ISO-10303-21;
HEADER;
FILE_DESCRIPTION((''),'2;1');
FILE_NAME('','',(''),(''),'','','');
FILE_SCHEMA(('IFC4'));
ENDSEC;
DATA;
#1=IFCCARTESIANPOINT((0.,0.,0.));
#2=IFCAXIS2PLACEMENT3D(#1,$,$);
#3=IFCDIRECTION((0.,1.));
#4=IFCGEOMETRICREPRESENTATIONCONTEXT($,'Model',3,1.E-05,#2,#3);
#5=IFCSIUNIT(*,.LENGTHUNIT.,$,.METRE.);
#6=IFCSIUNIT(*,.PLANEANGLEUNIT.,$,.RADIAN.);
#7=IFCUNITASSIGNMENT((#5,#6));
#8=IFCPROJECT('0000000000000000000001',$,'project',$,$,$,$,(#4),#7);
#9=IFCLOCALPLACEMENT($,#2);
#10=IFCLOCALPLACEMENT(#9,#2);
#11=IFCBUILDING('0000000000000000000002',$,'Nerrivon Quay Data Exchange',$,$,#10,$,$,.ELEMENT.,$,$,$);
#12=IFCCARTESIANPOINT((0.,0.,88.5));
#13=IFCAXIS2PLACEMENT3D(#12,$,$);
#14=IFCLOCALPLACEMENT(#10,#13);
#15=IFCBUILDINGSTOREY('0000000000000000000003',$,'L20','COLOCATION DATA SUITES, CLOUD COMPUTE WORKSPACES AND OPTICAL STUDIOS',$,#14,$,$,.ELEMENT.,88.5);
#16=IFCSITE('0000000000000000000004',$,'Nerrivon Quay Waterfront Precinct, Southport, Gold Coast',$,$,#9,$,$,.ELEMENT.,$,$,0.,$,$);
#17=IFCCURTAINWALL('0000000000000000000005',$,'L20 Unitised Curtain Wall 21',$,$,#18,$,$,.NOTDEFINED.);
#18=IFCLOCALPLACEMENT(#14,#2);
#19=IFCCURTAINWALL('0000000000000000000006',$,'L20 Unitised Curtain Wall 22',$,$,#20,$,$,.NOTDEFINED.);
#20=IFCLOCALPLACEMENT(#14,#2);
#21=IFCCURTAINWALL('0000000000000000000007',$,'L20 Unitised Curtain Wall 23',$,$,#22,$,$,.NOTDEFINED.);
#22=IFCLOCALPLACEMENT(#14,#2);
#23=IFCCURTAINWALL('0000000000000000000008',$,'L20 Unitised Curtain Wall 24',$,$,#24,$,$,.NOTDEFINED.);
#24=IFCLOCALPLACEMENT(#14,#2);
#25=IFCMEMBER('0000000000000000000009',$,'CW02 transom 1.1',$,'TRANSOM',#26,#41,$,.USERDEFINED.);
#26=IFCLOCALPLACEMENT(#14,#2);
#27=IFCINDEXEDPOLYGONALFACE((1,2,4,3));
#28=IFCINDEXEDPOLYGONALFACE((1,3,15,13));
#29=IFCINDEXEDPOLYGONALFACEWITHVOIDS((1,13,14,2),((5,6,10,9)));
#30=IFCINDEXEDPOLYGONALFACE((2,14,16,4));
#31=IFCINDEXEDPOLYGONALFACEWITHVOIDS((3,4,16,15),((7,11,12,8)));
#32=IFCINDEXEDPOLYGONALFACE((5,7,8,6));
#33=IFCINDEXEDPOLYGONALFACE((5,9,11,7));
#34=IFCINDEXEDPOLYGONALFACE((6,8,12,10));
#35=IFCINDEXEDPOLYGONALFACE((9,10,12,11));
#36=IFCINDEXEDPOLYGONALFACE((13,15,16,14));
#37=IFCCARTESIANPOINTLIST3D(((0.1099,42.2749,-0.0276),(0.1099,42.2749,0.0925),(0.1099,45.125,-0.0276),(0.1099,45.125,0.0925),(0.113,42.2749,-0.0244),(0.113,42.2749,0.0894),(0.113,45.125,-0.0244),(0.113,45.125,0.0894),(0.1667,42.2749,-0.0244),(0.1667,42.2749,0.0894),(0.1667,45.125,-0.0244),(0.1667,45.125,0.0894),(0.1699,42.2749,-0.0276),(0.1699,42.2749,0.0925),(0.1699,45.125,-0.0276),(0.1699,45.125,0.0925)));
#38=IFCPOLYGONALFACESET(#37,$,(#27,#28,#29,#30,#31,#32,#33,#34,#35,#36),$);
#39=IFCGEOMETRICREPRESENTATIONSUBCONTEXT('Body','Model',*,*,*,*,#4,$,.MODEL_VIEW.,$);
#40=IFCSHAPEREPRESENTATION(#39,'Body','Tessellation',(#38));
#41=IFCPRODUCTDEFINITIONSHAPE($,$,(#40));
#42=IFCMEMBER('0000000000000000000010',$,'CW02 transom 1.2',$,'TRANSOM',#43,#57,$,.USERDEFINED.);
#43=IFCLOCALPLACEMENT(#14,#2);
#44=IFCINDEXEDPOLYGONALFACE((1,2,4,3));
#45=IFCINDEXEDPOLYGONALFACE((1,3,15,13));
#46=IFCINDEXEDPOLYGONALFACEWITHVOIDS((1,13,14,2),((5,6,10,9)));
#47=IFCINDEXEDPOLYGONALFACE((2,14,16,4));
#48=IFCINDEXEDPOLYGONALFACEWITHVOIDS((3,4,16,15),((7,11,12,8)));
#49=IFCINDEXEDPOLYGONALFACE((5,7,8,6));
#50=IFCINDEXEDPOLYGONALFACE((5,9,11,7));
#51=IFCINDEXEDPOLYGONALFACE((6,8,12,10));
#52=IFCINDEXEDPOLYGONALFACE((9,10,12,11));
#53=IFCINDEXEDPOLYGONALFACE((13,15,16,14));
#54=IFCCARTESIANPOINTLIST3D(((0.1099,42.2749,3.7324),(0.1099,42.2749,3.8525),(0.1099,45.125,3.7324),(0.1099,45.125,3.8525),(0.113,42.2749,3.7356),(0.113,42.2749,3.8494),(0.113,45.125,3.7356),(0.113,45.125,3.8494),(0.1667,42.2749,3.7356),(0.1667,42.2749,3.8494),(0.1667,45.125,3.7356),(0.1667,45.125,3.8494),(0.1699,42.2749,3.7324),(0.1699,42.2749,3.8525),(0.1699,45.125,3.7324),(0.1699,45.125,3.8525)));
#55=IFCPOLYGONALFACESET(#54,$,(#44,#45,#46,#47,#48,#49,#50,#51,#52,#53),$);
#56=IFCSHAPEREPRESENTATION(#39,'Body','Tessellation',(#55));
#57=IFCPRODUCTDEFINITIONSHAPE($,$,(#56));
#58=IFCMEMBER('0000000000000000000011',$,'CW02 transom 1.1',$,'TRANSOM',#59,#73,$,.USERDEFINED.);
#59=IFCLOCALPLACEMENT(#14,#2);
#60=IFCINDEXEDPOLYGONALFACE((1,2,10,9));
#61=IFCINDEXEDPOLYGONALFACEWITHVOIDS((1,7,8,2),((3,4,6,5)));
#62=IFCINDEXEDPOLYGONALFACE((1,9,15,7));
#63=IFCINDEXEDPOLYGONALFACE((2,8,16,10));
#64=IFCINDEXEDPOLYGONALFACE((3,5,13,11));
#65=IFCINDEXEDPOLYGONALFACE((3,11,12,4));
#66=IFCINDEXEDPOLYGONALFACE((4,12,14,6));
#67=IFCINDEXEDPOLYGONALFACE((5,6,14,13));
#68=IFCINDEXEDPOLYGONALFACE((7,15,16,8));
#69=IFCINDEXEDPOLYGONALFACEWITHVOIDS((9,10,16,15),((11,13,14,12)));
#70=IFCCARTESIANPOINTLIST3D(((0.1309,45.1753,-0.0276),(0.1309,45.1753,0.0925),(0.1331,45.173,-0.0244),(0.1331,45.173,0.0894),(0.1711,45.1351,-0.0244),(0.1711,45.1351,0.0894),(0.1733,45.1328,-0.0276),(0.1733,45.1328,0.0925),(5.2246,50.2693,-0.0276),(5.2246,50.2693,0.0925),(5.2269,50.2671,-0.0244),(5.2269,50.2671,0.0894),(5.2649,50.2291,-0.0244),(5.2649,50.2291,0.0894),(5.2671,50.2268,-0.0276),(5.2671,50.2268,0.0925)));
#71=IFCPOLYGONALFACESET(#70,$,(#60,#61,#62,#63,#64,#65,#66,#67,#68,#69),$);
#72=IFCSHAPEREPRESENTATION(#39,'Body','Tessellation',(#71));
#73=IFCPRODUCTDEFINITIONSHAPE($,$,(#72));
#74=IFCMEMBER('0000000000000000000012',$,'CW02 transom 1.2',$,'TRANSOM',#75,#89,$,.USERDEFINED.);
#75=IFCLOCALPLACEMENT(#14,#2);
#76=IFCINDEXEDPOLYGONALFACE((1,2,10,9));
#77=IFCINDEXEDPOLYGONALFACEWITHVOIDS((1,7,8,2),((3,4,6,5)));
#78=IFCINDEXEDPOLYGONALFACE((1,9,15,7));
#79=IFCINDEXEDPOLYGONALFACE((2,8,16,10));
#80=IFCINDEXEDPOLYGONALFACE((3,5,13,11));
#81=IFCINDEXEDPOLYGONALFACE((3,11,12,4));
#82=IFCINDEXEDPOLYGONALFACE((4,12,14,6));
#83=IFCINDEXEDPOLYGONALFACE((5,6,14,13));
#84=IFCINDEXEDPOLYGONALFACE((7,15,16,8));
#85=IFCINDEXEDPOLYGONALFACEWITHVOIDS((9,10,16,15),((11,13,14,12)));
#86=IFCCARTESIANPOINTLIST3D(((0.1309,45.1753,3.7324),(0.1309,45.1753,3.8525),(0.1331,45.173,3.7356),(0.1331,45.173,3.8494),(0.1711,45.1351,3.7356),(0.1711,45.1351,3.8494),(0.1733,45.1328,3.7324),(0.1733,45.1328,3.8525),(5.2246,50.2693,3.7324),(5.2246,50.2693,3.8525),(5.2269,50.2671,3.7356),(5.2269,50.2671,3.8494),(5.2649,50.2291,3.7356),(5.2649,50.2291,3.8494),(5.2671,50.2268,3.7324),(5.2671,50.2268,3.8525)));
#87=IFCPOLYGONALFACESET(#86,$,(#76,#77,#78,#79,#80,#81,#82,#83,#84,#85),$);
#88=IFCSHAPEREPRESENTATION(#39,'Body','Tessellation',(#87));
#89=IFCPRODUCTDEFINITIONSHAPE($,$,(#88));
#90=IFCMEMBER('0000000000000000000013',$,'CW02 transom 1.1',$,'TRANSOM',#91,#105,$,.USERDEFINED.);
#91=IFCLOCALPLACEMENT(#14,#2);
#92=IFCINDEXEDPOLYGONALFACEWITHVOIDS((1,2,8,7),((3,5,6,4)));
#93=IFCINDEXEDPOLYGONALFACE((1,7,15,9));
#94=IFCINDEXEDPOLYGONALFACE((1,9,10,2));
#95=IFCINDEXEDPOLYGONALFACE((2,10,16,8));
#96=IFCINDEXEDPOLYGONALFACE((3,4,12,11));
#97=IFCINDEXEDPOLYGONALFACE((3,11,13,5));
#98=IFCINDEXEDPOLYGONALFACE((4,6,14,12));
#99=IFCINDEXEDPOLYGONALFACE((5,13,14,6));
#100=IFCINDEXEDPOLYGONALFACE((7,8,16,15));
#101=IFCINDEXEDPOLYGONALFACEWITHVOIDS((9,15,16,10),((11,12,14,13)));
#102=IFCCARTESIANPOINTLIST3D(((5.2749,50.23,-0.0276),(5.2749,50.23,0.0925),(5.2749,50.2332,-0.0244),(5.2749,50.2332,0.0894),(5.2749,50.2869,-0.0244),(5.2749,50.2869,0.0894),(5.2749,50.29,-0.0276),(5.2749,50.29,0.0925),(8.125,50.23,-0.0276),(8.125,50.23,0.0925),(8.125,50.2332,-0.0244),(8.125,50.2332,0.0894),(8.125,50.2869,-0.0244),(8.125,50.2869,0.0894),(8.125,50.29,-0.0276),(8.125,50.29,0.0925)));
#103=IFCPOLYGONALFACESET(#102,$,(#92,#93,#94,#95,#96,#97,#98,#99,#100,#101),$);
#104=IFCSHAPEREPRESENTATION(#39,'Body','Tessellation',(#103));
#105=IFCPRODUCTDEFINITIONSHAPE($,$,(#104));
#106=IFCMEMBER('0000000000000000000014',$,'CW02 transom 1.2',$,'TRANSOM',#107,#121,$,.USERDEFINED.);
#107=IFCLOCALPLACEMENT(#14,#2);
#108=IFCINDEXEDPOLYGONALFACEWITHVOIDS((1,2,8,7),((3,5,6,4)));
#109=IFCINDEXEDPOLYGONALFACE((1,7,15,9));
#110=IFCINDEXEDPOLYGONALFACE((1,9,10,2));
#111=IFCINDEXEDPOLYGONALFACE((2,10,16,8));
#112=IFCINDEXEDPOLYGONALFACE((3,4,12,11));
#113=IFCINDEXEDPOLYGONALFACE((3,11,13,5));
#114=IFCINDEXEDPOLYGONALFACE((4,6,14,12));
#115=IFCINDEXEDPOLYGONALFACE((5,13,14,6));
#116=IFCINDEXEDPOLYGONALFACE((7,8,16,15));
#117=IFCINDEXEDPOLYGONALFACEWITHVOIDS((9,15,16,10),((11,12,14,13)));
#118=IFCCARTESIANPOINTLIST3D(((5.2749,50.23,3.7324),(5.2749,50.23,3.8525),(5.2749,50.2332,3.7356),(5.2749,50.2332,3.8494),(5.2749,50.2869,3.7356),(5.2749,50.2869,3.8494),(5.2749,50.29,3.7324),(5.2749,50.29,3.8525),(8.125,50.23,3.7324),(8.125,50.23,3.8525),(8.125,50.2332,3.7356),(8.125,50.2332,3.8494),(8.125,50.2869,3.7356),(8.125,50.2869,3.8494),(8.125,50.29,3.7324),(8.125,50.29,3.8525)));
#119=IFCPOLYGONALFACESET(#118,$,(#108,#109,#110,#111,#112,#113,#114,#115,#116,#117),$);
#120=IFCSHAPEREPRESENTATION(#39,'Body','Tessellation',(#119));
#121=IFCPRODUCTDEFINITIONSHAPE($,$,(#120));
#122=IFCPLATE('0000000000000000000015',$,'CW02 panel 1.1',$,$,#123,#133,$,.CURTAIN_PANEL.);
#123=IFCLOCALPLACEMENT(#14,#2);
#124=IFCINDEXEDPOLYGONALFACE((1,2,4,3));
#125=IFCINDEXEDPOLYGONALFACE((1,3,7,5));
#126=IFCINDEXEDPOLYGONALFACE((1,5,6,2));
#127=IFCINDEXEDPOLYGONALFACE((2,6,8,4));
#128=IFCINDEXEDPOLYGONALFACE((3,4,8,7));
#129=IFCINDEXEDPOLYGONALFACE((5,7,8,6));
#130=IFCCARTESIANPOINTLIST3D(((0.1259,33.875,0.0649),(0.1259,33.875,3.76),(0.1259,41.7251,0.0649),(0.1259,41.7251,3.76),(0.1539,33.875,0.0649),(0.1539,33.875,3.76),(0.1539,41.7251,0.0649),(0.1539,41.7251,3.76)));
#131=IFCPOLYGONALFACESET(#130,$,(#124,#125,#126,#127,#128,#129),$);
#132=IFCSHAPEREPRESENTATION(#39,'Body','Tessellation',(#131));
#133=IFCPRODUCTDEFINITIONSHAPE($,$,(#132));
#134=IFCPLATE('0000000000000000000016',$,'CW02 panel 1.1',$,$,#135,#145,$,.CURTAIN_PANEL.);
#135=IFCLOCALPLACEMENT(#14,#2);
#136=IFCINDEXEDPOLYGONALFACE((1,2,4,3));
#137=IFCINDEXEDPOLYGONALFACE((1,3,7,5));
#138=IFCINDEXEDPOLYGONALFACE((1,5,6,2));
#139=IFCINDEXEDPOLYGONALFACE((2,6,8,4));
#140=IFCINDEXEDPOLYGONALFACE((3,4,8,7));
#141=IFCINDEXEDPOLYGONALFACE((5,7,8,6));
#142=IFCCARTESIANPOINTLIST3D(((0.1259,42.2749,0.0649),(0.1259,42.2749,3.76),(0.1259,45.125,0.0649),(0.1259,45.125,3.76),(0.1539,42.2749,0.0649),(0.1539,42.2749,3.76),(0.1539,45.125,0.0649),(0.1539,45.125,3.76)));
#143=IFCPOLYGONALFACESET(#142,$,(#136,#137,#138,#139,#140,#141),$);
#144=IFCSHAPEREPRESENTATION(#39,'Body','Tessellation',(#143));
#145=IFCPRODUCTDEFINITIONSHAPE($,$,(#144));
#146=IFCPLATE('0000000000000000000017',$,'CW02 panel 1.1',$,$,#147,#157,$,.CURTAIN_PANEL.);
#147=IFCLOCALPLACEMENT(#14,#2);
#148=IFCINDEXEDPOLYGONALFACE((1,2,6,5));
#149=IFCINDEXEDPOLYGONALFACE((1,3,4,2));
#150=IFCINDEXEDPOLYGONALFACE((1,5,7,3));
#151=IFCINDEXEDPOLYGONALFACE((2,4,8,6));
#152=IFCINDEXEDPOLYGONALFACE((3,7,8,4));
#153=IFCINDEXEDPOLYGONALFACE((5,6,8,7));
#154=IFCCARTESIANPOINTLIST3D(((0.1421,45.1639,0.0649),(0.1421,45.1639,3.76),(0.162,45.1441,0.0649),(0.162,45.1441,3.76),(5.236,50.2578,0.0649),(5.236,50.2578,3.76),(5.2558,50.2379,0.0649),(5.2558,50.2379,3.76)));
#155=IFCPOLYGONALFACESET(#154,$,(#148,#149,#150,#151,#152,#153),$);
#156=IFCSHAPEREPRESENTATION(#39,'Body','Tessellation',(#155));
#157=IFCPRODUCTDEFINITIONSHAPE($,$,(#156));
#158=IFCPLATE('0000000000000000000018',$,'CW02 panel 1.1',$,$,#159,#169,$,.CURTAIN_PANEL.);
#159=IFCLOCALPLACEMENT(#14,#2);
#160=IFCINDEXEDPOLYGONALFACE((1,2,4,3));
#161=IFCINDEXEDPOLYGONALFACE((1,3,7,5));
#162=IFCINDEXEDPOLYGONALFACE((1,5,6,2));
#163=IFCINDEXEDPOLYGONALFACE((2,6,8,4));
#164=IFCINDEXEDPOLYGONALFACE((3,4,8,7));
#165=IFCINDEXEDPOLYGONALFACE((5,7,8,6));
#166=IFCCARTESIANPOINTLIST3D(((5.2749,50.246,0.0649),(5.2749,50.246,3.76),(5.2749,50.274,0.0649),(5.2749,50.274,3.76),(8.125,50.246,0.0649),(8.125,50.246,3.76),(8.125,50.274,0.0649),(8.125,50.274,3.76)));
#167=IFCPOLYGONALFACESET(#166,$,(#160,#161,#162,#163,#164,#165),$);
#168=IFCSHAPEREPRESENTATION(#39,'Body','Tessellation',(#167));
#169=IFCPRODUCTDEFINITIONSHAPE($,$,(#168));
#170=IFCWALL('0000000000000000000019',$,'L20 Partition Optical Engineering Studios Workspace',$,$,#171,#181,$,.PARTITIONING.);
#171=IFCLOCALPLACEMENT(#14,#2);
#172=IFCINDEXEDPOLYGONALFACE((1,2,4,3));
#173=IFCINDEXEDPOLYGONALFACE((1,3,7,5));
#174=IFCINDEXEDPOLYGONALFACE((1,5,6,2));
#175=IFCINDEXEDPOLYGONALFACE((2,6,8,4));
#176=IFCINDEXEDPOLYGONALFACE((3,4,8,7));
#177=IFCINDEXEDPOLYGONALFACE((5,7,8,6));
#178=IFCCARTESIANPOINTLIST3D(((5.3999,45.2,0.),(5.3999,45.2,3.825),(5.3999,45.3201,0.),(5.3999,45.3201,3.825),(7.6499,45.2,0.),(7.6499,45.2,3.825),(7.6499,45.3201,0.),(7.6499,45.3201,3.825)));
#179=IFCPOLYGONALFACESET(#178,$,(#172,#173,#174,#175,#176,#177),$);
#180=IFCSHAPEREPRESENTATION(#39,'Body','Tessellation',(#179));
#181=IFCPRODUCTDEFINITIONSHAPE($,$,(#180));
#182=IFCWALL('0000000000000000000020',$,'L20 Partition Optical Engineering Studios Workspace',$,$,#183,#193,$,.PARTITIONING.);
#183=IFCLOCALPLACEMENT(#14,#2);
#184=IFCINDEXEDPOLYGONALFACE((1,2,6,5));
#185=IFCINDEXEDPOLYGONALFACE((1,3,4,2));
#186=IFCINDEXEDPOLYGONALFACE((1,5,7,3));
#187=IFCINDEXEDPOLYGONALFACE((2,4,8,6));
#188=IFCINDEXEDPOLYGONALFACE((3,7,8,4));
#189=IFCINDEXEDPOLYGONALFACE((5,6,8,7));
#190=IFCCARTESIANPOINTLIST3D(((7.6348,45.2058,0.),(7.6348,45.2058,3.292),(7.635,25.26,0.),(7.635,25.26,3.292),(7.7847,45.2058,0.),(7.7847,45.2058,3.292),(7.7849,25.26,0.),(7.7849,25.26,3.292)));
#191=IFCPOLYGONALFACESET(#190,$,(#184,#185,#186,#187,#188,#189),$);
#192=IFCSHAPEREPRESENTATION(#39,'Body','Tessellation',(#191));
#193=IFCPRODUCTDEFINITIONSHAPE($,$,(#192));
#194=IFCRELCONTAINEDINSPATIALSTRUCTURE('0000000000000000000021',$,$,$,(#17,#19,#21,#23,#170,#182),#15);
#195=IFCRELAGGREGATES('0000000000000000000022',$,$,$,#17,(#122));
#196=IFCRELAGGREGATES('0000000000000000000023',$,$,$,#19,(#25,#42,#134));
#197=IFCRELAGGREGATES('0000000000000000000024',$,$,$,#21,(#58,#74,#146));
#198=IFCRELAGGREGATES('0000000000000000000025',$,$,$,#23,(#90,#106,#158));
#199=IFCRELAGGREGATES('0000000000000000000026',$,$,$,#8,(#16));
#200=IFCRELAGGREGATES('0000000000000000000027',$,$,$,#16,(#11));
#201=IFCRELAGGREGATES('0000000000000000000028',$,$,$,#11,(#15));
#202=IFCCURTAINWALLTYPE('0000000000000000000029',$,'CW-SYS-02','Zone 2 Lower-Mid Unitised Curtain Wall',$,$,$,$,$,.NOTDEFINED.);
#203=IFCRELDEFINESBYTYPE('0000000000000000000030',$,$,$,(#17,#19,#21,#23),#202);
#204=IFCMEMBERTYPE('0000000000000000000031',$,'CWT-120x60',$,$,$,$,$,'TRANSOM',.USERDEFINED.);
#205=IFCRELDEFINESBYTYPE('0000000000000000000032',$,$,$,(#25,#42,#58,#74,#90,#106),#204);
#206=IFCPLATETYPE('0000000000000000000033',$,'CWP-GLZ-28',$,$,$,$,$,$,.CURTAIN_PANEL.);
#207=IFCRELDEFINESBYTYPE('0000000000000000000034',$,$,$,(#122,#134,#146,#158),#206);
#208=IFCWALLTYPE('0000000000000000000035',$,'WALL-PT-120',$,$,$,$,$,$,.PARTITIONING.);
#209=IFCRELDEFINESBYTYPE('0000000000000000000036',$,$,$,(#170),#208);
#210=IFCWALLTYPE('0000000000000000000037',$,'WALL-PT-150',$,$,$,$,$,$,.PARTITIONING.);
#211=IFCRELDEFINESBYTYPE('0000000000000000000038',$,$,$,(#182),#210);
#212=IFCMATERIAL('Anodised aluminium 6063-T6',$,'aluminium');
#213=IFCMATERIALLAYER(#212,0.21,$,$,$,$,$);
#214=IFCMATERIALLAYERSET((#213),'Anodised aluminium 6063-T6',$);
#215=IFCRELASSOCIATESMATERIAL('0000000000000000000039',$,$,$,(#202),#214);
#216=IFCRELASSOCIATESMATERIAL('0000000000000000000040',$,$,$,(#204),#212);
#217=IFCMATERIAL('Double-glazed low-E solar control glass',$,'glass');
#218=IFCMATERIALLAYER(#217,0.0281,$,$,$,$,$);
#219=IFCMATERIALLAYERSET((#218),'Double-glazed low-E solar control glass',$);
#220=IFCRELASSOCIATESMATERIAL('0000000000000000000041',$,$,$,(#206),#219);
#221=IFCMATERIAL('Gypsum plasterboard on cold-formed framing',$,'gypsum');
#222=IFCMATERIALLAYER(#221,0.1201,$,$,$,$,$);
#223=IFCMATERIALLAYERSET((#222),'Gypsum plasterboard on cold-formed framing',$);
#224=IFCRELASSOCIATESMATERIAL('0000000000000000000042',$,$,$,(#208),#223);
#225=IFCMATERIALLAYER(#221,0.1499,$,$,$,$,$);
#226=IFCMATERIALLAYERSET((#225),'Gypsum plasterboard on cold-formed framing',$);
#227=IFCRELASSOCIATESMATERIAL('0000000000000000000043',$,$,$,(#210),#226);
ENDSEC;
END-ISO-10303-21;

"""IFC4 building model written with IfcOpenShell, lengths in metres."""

from ifc_helpers import new_model, si_unit, direction, frame, frame_2d, origin, origin_2d, place, context, subcontext, project, spatial, rectangle, hollow_rectangle, extrude, material, layer, layer_set, material_profile, profile_set, type_object, element, aggregate, save


model = new_model("IFC4")

# Units and contexts
model_context = context("Model", 3, precision=1e-05, world=origin(), true_north=direction((0.0, 1.0)))
body_context = subcontext(model_context, "Body", "Model", "MODEL_VIEW")
ifc_project = project(units=[si_unit("LENGTHUNIT", "METRE"), si_unit("PLANEANGLEUNIT", "RADIAN")], contexts=[model_context])

# Site, building, storey
site_placement = place(None, origin())
site = spatial("IfcSite", under=ifc_project, at=site_placement, Name="Nerrivon Quay Waterfront Precinct, Southport, Gold Coast", CompositionType="ELEMENT", RefElevation=0.0)
building_placement = place(site_placement, origin())
building = spatial("IfcBuilding", under=site, at=building_placement, Name="Nerrivon Quay Data Exchange", CompositionType="ELEMENT")
storey_placement = place(building_placement, frame((0.0, 0.0, 88.5)))
storey = spatial("IfcBuildingStorey", under=building, at=storey_placement, Name="L20", Description="COLOCATION DATA SUITES, CLOUD COMPUTE WORKSPACES AND OPTICAL STUDIOS", CompositionType="ELEMENT", Elevation=88.5)

# Curtain wall
ifc_material_1 = material(Name="Anodised aluminium 6063-T6", Category="aluminium")
ifc_layer_1 = layer(ifc_material_1, 0.21)
ifc_layer_set_1 = layer_set([ifc_layer_1], Name="Anodised aluminium 6063-T6")
curtain_wall_type = type_object("IfcCurtainWallType", Name="CW-SYS-02", Description="Zone 2 Lower-Mid Unitised Curtain Wall", PredefinedType="NOTDEFINED", material=ifc_layer_set_1)
curtain_wall_1_placement = place(storey_placement, origin())
curtain_wall_1 = element("IfcCurtainWall", 1, at=curtain_wall_1_placement, inside=storey, type_object=curtain_wall_type, Name="L20 Unitised Curtain Wall 21", PredefinedType="NOTDEFINED")

# Curtain walls
curtain_wall_2_placement = place(storey_placement, origin())
curtain_wall_2 = element("IfcCurtainWall", 2, at=curtain_wall_2_placement, inside=storey, type_object=curtain_wall_type, Name="L20 Unitised Curtain Wall 22", PredefinedType="NOTDEFINED")
curtain_wall_3_placement = place(storey_placement, origin())
curtain_wall_3 = element("IfcCurtainWall", 3, at=curtain_wall_3_placement, inside=storey, type_object=curtain_wall_type, Name="L20 Unitised Curtain Wall 23", PredefinedType="NOTDEFINED")
curtain_wall_4_placement = place(storey_placement, origin())
curtain_wall_4 = element("IfcCurtainWall", 4, at=curtain_wall_4_placement, inside=storey, type_object=curtain_wall_type, Name="L20 Unitised Curtain Wall 24", PredefinedType="NOTDEFINED")

# Members
ifc_material_profile_1 = material_profile(ifc_material_1, hollow_rectangle(XDim=0.0601, YDim=0.1201, WallThickness=0.0032, at=origin_2d()), Name="ALU-TRAN-120x60")
ifc_profile_set_1 = profile_set([ifc_material_profile_1], Name="Anodised aluminium 6063-T6")
member_type_1 = type_object("IfcMemberType", Name="CWT-120x60", ElementType="TRANSOM", PredefinedType="USERDEFINED", material=ifc_profile_set_1)
member_1_placement = place(storey_placement, frame((0.1399, 42.2749, 0.0325), z_axis=(0.0, 1.0, 0.0), x_axis=(-1.0, 0.0, 0.0)))
member_1 = element("IfcMember", 5, at=member_1_placement, type_object=member_type_1, Name="CW02 transom 1.1", ObjectType="TRANSOM", PredefinedType="USERDEFINED", context=body_context, shape_type="SweptSolid", body=[
    extrude(hollow_rectangle(XDim=0.0601, YDim=0.1201, WallThickness=0.0032, at=origin_2d()), origin(), (0.0, 0.0, 1.0), 2.8501),
])
member_2_placement = place(storey_placement, frame((0.1399, 42.2749, 3.7925), z_axis=(0.0, 1.0, 0.0), x_axis=(-1.0, 0.0, 0.0)))
member_2 = element("IfcMember", 6, at=member_2_placement, type_object=member_type_1, Name="CW02 transom 1.2", ObjectType="TRANSOM", PredefinedType="USERDEFINED", context=body_context, shape_type="SweptSolid", body=[
    extrude(hollow_rectangle(XDim=0.0601, YDim=0.1201, WallThickness=0.0032, at=origin_2d()), origin(), (0.0, 0.0, 1.0), 2.8501),
])
member_3_placement = place(storey_placement, frame((0.1521, 45.1541, 0.0325), z_axis=(0.70709, 0.707124, 0.0), x_axis=(-0.707124, 0.70709, 0.0)))
member_3 = element("IfcMember", 7, at=member_3_placement, type_object=member_type_1, Name="CW02 transom 1.1", ObjectType="TRANSOM", PredefinedType="USERDEFINED", context=body_context, shape_type="SweptSolid", body=[
    extrude(hollow_rectangle(XDim=0.0601, YDim=0.1201, WallThickness=0.0032, at=origin_2d()), origin(), (0.0, 0.0, 1.0), 7.2039),
])
member_4_placement = place(storey_placement, frame((0.1521, 45.1541, 3.7925), z_axis=(0.70709, 0.707124, 0.0), x_axis=(-0.707124, 0.70709, 0.0)))
member_4 = element("IfcMember", 8, at=member_4_placement, type_object=member_type_1, Name="CW02 transom 1.2", ObjectType="TRANSOM", PredefinedType="USERDEFINED", context=body_context, shape_type="SweptSolid", body=[
    extrude(hollow_rectangle(XDim=0.0601, YDim=0.1201, WallThickness=0.0032, at=origin_2d()), origin(), (0.0, 0.0, 1.0), 7.2039),
])
member_5_placement = place(storey_placement, frame((5.2749, 50.26, 0.0325), z_axis=(1.0, 0.0, 0.0), x_axis=(0.0, 1.0, 0.0)))
member_5 = element("IfcMember", 9, at=member_5_placement, type_object=member_type_1, Name="CW02 transom 1.1", ObjectType="TRANSOM", PredefinedType="USERDEFINED", context=body_context, shape_type="SweptSolid", body=[
    extrude(hollow_rectangle(XDim=0.0601, YDim=0.1201, WallThickness=0.0032, at=origin_2d()), origin(), (0.0, 0.0, 1.0), 2.8501),
])
member_6_placement = place(storey_placement, frame((5.2749, 50.26, 3.7925), z_axis=(1.0, 0.0, 0.0), x_axis=(0.0, 1.0, 0.0)))
member_6 = element("IfcMember", 10, at=member_6_placement, type_object=member_type_1, Name="CW02 transom 1.2", ObjectType="TRANSOM", PredefinedType="USERDEFINED", context=body_context, shape_type="SweptSolid", body=[
    extrude(hollow_rectangle(XDim=0.0601, YDim=0.1201, WallThickness=0.0032, at=origin_2d()), origin(), (0.0, 0.0, 1.0), 2.8501),
])

# Plates
ifc_material_2 = material(Name="Double-glazed low-E solar control glass", Category="glass")
ifc_layer_2 = layer(ifc_material_2, 0.0281)
ifc_layer_set_2 = layer_set([ifc_layer_2], Name="Double-glazed low-E solar control glass")
plate_type = type_object("IfcPlateType", Name="CWP-GLZ-28", PredefinedType="CURTAIN_PANEL", material=ifc_layer_set_2)
plate_1_placement = place(storey_placement, frame((0.1399, 37.8, 0.0649), z_axis=(0.0, 0.0, 1.0), x_axis=(0.0, 1.0, 0.0)))
plate_1 = element("IfcPlate", 11, at=plate_1_placement, type_object=plate_type, Name="CW02 panel 1.1", PredefinedType="CURTAIN_PANEL", context=body_context, shape_type="SweptSolid", body=[
    extrude(rectangle(XDim=7.8501, YDim=0.0281, at=origin_2d()), origin(), (0.0, 0.0, 1.0), 3.6951),
])
aggregate(curtain_wall_1, [plate_1])
plate_2_placement = place(storey_placement, frame((0.1399, 43.7, 0.0649), z_axis=(0.0, 0.0, 1.0), x_axis=(0.0, 1.0, 0.0)))
plate_2 = element("IfcPlate", 12, at=plate_2_placement, type_object=plate_type, Name="CW02 panel 1.1", PredefinedType="CURTAIN_PANEL", context=body_context, shape_type="SweptSolid", body=[
    extrude(rectangle(XDim=2.8501, YDim=0.0281, at=origin_2d()), origin(), (0.0, 0.0, 1.0), 3.6951),
])
aggregate(curtain_wall_2, [member_1, member_2, plate_2])
plate_3_placement = place(storey_placement, frame((2.699, 47.7009, 0.0649), z_axis=(0.0, 0.0, 1.0), x_axis=(0.707107, 0.707107, 0.0)))
plate_3 = element("IfcPlate", 13, at=plate_3_placement, type_object=plate_type, Name="CW02 panel 1.1", PredefinedType="CURTAIN_PANEL", context=body_context, shape_type="SweptSolid", body=[
    extrude(rectangle(XDim=7.2039, YDim=0.0281, at=origin_2d()), origin(), (0.0, 0.0, 1.0), 3.6951),
])
aggregate(curtain_wall_3, [member_3, member_4, plate_3])
plate_4_placement = place(storey_placement, frame((6.7, 50.26, 0.0649), z_axis=(0.0, 0.0, 1.0), x_axis=(1.0, 0.0, 0.0)))
plate_4 = element("IfcPlate", 14, at=plate_4_placement, type_object=plate_type, Name="CW02 panel 1.1", PredefinedType="CURTAIN_PANEL", context=body_context, shape_type="SweptSolid", body=[
    extrude(rectangle(XDim=2.8501, YDim=0.0281, at=origin_2d()), origin(), (0.0, 0.0, 1.0), 3.6951),
])
aggregate(curtain_wall_4, [member_5, member_6, plate_4])

# Walls
ifc_material_3 = material(Name="Gypsum plasterboard on cold-formed framing", Category="gypsum")
ifc_layer_3 = layer(ifc_material_3, 0.1201)
ifc_layer_set_3 = layer_set([ifc_layer_3], Name="Gypsum plasterboard on cold-formed framing")
wall_type_1 = type_object("IfcWallType", Name="WALL-PT-120", PredefinedType="PARTITIONING", material=ifc_layer_set_3)
wall_1_placement = place(storey_placement, frame((5.3999, 45.26, 0.0), z_axis=(0.0, 0.0, 1.0), x_axis=(1.0, 0.0, 0.0)))
element("IfcWall", 15, at=wall_1_placement, inside=storey, type_object=wall_type_1, Name="L20 Partition Optical Engineering Studios Workspace", PredefinedType="PARTITIONING", context=body_context, shape_type="SweptSolid", body=[
    extrude(rectangle(XDim=2.25, YDim=0.1201, at=frame_2d((1.125, 0.0))), origin(), (0.0, 0.0, 1.0), 3.825),
])
ifc_layer_4 = layer(ifc_material_3, 0.1499)
ifc_layer_set_4 = layer_set([ifc_layer_4], Name="Gypsum plasterboard on cold-formed framing")
wall_type_2 = type_object("IfcWallType", Name="WALL-PT-150", PredefinedType="PARTITIONING", material=ifc_layer_set_4)
wall_2_placement = place(storey_placement, frame((7.7097, 45.2058, 0.0), z_axis=(0.0, 0.0, 1.0), x_axis=(0.000012, -1.0, 0.0)))
element("IfcWall", 16, at=wall_2_placement, inside=storey, type_object=wall_type_2, Name="L20 Partition Optical Engineering Studios Workspace", PredefinedType="PARTITIONING", context=body_context, shape_type="SweptSolid", body=[
    extrude(rectangle(XDim=19.9458, YDim=0.1499, at=frame_2d((9.9729, 0.0))), origin(), (0.0, 0.0, 1.0), 3.292),
])

save(model, "model.ifc")
